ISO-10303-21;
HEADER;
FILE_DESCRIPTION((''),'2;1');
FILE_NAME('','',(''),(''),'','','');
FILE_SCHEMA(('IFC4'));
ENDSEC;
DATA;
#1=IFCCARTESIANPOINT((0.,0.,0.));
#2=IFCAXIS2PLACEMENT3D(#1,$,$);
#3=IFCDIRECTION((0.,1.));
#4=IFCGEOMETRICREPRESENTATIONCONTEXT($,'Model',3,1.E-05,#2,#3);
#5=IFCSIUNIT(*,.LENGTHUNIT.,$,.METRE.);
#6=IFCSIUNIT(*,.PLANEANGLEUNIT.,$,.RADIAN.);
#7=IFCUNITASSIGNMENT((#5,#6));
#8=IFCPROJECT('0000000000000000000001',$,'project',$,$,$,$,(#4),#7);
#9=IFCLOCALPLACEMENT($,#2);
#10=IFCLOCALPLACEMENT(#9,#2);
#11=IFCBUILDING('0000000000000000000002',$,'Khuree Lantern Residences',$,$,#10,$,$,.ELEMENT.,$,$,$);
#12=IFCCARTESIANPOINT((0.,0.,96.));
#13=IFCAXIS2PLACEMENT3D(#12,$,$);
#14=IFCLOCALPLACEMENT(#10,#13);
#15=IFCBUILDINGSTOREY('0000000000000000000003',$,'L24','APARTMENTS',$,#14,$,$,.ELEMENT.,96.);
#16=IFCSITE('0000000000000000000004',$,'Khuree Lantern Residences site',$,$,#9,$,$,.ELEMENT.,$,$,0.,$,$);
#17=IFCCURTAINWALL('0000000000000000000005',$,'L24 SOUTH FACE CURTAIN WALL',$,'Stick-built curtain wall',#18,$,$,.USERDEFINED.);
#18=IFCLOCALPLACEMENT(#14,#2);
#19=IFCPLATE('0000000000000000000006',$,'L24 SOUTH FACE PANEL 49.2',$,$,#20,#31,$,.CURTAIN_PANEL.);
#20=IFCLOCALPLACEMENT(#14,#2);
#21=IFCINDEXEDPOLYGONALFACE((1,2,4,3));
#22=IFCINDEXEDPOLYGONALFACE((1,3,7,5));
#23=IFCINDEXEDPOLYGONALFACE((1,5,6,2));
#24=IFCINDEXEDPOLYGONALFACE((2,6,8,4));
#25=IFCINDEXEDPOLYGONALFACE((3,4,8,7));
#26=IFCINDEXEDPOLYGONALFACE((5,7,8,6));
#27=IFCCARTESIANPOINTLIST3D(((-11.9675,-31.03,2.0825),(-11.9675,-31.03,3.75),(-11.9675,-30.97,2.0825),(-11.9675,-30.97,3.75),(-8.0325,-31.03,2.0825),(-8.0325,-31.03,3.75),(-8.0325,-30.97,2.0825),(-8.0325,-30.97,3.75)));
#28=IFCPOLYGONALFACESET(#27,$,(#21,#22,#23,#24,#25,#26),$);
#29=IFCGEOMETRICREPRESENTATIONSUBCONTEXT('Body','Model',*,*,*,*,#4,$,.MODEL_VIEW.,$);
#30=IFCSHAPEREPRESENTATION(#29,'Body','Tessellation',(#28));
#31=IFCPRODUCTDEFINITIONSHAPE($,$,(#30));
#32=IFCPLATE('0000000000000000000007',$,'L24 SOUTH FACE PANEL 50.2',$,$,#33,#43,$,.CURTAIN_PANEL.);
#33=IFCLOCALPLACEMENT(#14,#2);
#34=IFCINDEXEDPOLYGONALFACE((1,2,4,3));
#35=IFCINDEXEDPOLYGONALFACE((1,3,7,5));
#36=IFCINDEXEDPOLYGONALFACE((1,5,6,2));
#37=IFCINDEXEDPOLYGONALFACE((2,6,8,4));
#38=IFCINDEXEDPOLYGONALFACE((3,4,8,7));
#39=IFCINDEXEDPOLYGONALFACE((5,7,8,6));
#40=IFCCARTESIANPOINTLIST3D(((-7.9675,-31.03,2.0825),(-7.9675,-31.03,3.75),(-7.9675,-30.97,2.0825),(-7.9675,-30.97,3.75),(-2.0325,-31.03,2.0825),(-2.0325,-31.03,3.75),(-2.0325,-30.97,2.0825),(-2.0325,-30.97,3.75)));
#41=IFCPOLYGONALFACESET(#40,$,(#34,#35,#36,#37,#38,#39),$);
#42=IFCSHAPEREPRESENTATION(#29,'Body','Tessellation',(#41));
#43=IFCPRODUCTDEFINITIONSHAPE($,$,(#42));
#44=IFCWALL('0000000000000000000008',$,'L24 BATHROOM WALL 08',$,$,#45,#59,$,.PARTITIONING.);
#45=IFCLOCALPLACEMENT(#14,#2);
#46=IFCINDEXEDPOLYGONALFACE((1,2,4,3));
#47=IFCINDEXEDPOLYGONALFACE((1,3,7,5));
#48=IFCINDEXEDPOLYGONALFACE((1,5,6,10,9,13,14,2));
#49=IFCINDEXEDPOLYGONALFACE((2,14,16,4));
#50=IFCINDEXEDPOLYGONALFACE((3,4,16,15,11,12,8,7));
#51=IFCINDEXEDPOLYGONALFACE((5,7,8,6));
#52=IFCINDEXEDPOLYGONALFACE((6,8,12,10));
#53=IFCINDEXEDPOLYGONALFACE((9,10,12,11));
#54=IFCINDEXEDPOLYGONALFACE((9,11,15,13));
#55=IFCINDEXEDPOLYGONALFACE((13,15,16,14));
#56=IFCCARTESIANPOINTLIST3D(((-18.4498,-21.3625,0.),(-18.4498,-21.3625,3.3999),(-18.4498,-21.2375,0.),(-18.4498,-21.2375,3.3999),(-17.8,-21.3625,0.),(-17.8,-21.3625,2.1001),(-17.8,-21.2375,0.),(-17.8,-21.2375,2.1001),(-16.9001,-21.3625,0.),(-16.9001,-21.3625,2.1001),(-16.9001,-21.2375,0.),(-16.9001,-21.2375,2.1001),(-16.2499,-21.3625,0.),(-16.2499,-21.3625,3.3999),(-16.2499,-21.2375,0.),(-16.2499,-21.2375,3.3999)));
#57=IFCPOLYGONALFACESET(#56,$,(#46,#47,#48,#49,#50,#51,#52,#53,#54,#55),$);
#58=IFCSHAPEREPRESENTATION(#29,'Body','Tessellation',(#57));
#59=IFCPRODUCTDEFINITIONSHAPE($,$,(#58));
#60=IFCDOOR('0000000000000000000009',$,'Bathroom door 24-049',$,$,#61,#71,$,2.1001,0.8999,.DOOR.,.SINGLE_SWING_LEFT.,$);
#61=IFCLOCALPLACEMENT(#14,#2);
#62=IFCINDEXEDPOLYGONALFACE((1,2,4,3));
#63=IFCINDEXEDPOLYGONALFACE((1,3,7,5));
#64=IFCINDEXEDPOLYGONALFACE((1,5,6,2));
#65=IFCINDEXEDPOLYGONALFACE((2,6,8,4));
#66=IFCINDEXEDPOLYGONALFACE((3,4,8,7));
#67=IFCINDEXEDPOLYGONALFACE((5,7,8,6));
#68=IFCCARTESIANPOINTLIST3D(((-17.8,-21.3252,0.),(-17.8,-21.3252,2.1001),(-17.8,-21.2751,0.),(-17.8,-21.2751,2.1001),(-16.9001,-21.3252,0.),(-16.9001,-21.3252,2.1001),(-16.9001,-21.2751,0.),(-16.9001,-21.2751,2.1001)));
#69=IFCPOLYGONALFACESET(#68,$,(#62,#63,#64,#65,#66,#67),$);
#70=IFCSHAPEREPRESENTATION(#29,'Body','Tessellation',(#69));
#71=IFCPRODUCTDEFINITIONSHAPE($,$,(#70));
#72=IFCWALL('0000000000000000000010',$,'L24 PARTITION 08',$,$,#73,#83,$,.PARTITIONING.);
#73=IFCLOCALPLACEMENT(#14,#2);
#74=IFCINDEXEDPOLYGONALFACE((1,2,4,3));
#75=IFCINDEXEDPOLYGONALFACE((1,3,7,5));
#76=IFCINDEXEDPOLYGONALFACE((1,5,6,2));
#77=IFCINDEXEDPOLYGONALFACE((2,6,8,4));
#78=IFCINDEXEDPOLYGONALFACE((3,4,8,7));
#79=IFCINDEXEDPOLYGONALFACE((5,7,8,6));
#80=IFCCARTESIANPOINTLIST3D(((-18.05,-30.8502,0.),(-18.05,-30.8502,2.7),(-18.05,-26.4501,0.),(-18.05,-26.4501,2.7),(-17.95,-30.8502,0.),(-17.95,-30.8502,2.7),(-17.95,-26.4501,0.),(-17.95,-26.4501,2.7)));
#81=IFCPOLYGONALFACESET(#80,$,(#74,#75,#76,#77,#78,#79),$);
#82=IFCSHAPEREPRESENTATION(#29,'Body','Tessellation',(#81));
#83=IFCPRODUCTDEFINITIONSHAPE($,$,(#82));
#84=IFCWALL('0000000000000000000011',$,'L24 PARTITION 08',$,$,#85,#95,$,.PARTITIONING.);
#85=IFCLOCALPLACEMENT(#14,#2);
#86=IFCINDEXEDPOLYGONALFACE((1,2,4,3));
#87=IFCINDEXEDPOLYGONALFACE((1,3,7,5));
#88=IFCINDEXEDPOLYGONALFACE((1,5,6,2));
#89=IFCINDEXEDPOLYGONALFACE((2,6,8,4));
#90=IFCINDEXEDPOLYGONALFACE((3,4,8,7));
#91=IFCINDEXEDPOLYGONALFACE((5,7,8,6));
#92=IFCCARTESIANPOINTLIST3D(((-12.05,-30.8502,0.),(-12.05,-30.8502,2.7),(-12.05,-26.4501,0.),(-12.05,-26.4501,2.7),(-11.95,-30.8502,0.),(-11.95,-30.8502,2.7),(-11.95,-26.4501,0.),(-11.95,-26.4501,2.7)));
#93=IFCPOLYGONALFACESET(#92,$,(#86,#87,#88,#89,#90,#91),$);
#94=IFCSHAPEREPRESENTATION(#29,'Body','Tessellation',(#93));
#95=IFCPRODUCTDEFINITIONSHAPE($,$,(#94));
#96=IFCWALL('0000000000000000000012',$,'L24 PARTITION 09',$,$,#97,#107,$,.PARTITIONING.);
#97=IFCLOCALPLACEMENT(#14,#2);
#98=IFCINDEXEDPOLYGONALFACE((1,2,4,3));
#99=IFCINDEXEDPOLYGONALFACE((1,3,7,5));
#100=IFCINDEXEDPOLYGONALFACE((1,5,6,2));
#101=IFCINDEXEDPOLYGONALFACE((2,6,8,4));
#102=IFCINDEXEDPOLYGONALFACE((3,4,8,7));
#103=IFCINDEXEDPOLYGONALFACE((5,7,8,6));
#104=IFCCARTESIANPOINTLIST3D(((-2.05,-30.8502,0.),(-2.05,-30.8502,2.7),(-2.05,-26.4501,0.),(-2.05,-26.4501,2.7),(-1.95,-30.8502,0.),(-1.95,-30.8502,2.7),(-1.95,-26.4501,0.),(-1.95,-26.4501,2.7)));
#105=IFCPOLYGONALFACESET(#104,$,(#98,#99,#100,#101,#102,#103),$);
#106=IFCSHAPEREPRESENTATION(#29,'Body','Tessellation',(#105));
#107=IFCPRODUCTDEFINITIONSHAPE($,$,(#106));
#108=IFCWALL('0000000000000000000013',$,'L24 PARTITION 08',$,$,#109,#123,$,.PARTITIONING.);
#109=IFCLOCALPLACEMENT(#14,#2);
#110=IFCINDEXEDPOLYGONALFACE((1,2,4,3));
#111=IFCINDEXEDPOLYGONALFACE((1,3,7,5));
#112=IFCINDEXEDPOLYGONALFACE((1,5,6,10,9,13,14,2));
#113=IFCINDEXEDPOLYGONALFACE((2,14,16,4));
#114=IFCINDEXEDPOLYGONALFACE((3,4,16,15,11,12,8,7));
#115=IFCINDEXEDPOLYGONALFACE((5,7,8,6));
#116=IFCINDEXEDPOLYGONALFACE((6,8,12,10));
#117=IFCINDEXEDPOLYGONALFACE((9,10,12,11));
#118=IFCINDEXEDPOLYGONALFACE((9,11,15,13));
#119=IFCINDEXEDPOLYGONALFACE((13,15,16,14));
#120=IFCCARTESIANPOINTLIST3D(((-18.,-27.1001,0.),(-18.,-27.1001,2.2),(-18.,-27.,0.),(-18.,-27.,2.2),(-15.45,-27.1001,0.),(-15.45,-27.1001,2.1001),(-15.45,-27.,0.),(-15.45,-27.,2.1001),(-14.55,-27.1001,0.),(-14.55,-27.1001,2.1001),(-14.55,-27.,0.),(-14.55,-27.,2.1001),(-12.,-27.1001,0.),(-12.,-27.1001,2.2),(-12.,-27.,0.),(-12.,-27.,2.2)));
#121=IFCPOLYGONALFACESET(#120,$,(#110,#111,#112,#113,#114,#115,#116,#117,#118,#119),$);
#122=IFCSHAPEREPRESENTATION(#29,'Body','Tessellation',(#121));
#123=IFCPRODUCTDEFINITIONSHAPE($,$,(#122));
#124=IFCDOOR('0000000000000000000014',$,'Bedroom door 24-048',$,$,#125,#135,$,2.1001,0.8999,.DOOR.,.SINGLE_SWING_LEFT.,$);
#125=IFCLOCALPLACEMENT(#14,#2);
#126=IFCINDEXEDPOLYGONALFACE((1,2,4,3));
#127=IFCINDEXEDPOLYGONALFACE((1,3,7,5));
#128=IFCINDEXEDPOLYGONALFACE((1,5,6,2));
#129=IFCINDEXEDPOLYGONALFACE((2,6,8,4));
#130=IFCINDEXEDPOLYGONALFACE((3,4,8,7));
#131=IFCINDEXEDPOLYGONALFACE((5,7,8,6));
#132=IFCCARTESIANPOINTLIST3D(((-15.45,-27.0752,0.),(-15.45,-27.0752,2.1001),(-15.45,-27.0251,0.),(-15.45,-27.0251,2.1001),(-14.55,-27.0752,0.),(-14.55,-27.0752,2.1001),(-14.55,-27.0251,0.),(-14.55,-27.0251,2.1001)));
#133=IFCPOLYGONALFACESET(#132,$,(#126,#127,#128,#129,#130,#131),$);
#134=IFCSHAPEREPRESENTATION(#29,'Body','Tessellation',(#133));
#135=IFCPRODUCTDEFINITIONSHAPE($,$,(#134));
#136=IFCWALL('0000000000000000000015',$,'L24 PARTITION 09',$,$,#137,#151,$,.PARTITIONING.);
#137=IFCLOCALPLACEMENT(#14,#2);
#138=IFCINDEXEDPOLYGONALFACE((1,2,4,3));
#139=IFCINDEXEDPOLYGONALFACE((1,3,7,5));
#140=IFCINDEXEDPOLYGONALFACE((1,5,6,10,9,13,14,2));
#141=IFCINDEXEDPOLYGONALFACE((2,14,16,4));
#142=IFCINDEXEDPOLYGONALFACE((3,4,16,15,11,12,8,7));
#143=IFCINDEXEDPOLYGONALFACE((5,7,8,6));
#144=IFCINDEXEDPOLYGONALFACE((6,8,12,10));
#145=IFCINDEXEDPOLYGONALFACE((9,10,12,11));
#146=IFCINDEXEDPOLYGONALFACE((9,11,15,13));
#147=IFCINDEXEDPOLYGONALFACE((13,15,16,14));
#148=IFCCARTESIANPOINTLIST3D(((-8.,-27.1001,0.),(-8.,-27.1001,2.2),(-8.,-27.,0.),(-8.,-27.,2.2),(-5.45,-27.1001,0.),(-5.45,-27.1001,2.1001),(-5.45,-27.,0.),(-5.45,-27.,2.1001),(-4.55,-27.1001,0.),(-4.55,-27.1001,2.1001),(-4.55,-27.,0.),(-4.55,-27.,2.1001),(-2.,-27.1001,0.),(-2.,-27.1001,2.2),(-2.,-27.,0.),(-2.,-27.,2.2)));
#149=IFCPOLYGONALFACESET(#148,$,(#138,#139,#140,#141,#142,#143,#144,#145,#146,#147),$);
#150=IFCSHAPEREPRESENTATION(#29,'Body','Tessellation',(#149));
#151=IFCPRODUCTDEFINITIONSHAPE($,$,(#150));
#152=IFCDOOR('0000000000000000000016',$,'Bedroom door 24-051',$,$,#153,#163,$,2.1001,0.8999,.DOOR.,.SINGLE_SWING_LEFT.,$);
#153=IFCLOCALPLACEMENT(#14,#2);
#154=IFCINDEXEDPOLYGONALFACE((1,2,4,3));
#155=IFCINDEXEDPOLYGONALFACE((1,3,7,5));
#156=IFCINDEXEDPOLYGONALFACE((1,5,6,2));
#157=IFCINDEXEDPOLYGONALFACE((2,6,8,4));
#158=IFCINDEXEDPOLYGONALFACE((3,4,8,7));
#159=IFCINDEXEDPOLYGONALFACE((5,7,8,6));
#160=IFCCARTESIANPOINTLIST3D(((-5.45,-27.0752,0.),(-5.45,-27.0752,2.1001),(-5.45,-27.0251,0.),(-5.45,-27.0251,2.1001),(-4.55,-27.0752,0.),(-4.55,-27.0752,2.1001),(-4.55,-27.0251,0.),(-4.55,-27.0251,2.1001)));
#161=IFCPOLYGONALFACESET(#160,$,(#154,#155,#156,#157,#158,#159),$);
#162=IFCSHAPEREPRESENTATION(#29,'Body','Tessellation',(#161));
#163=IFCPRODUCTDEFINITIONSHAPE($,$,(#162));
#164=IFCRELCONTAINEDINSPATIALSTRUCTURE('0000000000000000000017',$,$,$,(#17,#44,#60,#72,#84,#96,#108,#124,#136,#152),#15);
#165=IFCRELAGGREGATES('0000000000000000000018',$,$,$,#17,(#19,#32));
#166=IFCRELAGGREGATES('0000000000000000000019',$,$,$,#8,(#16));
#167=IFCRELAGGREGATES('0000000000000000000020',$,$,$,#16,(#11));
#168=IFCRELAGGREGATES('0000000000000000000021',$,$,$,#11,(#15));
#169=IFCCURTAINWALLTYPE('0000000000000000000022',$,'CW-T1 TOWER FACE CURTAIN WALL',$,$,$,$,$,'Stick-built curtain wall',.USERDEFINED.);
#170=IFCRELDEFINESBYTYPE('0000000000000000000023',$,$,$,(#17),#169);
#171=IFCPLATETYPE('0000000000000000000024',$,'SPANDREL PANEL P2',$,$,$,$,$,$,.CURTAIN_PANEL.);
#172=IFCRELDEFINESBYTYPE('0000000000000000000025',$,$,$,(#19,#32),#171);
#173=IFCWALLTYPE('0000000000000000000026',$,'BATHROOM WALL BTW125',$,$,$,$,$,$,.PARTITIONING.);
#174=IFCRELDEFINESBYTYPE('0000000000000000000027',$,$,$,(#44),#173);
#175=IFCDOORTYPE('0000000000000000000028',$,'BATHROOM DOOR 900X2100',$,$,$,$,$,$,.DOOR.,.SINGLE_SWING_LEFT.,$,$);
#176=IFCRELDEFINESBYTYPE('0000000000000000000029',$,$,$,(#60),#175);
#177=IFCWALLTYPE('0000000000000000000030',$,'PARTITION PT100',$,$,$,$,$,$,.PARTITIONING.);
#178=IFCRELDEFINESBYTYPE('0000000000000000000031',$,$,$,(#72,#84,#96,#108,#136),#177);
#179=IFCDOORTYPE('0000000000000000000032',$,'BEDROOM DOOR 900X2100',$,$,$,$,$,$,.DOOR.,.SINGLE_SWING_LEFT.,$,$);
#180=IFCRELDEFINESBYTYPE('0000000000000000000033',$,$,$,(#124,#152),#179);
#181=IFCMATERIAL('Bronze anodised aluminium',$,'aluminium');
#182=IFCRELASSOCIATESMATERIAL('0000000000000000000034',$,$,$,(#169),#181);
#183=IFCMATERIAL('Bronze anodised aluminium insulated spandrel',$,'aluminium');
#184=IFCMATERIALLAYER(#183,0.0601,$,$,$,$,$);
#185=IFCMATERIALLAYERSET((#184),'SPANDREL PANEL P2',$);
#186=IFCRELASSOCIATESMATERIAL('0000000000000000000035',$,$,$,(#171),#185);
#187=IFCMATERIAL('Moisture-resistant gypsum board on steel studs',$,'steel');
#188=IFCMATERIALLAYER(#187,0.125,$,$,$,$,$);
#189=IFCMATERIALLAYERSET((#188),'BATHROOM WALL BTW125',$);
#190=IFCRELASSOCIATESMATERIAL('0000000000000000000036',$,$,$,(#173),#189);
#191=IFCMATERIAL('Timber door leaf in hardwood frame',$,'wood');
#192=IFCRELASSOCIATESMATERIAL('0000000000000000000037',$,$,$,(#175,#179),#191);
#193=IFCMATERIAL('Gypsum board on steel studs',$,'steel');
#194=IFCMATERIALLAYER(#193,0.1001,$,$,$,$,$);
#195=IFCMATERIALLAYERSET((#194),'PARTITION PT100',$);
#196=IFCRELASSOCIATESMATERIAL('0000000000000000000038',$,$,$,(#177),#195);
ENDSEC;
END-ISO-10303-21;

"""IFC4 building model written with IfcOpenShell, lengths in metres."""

from ifc_helpers import new_model, si_unit, direction, frame, frame_2d, origin, origin_2d, place, context, subcontext, project, spatial, rectangle, extrude, material, layer, layer_set, type_object, element, fill, aggregate, save


model = new_model("IFC4")

# Units and contexts
model_context = context("Model", 3, precision=1e-05, world=origin(), true_north=direction((0.0, 1.0)))
body_context = subcontext(model_context, "Body", "Model", "MODEL_VIEW")
ifc_project = project(units=[si_unit("LENGTHUNIT", "METRE"), si_unit("PLANEANGLEUNIT", "RADIAN")], contexts=[model_context])

# Site, building, storey
site_placement = place(None, origin())
site = spatial("IfcSite", under=ifc_project, at=site_placement, Name="Khuree Lantern Residences site", CompositionType="ELEMENT", RefElevation=0.0)
building_placement = place(site_placement, origin())
building = spatial("IfcBuilding", under=site, at=building_placement, Name="Khuree Lantern Residences", CompositionType="ELEMENT")
storey_placement = place(building_placement, frame((0.0, 0.0, 96.0)))
storey = spatial("IfcBuildingStorey", under=building, at=storey_placement, Name="L24", Description="APARTMENTS", CompositionType="ELEMENT", Elevation=96.0)

# Curtain wall
ifc_material_1 = material(Name="Bronze anodised aluminium", Category="aluminium")
curtain_wall_type = type_object("IfcCurtainWallType", Name="CW-T1 TOWER FACE CURTAIN WALL", ElementType="Stick-built curtain wall", PredefinedType="USERDEFINED", material=ifc_material_1)
curtain_wall_placement = place(storey_placement, origin())
curtain_wall = element("IfcCurtainWall", 1, at=curtain_wall_placement, inside=storey, type_object=curtain_wall_type, Name="L24 SOUTH FACE CURTAIN WALL", ObjectType="Stick-built curtain wall", PredefinedType="USERDEFINED")

# Plates
ifc_material_2 = material(Name="Bronze anodised aluminium insulated spandrel", Category="aluminium")
ifc_layer_1 = layer(ifc_material_2, 0.0601)
ifc_layer_set_1 = layer_set([ifc_layer_1], Name="SPANDREL PANEL P2")
plate_type_1 = type_object("IfcPlateType", Name="SPANDREL PANEL P2", PredefinedType="CURTAIN_PANEL", material=ifc_layer_set_1)
plate_1_placement = place(storey_placement, frame((-10.0, -31.0, 2.0825), z_axis=(0.0, 0.0, 1.0), x_axis=(1.0, 0.0, 0.0)))
plate_1 = element("IfcPlate", 2, at=plate_1_placement, type_object=plate_type_1, Name="L24 SOUTH FACE PANEL 49.2", PredefinedType="CURTAIN_PANEL", context=body_context, shape_type="SweptSolid", body=[
    extrude(rectangle(XDim=3.9351, YDim=0.0601, at=origin_2d()), origin(), (0.0, 0.0, 1.0), 1.6675),
])
plate_2_placement = place(storey_placement, frame((-5.0, -31.0, 2.0825), z_axis=(0.0, 0.0, 1.0), x_axis=(1.0, 0.0, 0.0)))
plate_2 = element("IfcPlate", 3, at=plate_2_placement, type_object=plate_type_1, Name="L24 SOUTH FACE PANEL 50.2", PredefinedType="CURTAIN_PANEL", context=body_context, shape_type="SweptSolid", body=[
    extrude(rectangle(XDim=5.9351, YDim=0.0601, at=origin_2d()), origin(), (0.0, 0.0, 1.0), 1.6675),
])
aggregate(curtain_wall, [plate_1, plate_2])

# Wall, opening, door
ifc_material_3 = material(Name="Moisture-resistant gypsum board on steel studs", Category="steel")
ifc_layer_2 = layer(ifc_material_3, 0.125)
ifc_layer_set_2 = layer_set([ifc_layer_2], Name="BATHROOM WALL BTW125")
wall_type_1 = type_object("IfcWallType", Name="BATHROOM WALL BTW125", PredefinedType="PARTITIONING", material=ifc_layer_set_2)
wall_1_placement = place(storey_placement, frame((-18.45, -21.3, 0.0), z_axis=(0.0, 0.0, 1.0), x_axis=(1.0, 0.0, 0.0)))
wall_1 = element("IfcWall", 4, at=wall_1_placement, inside=storey, type_object=wall_type_1, Name="L24 BATHROOM WALL 08", PredefinedType="PARTITIONING", context=body_context, shape_type="SweptSolid", body=[
    extrude(rectangle(XDim=2.2, YDim=0.125, at=frame_2d((1.1001, 0.0))), origin(), (0.0, 0.0, 1.0), 3.3999),
])
opening_1_placement = place(wall_1_placement, frame((0.6499, 0.0, 0.0)))
opening_1 = element("IfcOpeningElement", 5, at=opening_1_placement, cuts=wall_1, PredefinedType="OPENING", context=body_context, shape_type="SweptSolid", body=[
    extrude(rectangle(XDim=0.8999, YDim=2.1001, at=frame_2d((0.45, 1.05))), frame((0.0, 0.0725, 0.0), z_axis=(0.0, -1.0, 0.0), x_axis=(1.0, 0.0, 0.0)), (0.0, 0.0, 1.0), 0.145),
])
ifc_material_4 = material(Name="Timber door leaf in hardwood frame", Category="wood")
door_type_1 = type_object("IfcDoorType", Name="BATHROOM DOOR 900X2100", OperationType="SINGLE_SWING_LEFT", PredefinedType="DOOR", material=ifc_material_4)
door_1_placement = place(opening_1_placement, origin())
door_1 = element("IfcDoor", 6, at=door_1_placement, inside=storey, type_object=door_type_1, Name="Bathroom door 24-049", OperationType="SINGLE_SWING_LEFT", OverallHeight=2.1001, OverallWidth=0.8999, PredefinedType="DOOR", context=body_context, shape_type="SweptSolid", body=[
    extrude(rectangle(XDim=0.8999, YDim=2.1001, at=frame_2d((0.45, 1.05))), frame((0.0, 0.0249, 0.0), z_axis=(0.0, -1.0, 0.0), x_axis=(1.0, 0.0, 0.0)), (0.0, 0.0, 1.0), 0.05),
])
fill(opening_1, door_1)

# Walls
ifc_material_5 = material(Name="Gypsum board on steel studs", Category="steel")
ifc_layer_3 = layer(ifc_material_5, 0.1001)
ifc_layer_set_3 = layer_set([ifc_layer_3], Name="PARTITION PT100")
wall_type_2 = type_object("IfcWallType", Name="PARTITION PT100", PredefinedType="PARTITIONING", material=ifc_layer_set_3)
for number, where, z_axis, x_axis, name in (
    (7, (-18.0, -26.45, 0.0), (0.0, 0.0, 1.0), (0.0, -1.0, 0.0), "L24 PARTITION 08"),
    (8, (-12.0, -26.45, 0.0), (0.0, 0.0, 1.0), (0.0, -1.0, 0.0), "L24 PARTITION 08"),
    (9, (-2.0, -26.45, 0.0), (0.0, 0.0, 1.0), (0.0, -1.0, 0.0), "L24 PARTITION 09"),
):
    element("IfcWall", number, at=place(storey_placement, frame(where, z_axis=z_axis, x_axis=x_axis)), inside=storey, type_object=wall_type_2, Name=name, PredefinedType="PARTITIONING", context=body_context, shape_type="SweptSolid", body=[
        extrude(rectangle(XDim=4.4001, YDim=0.1001, at=frame_2d((2.2002, 0.0))), origin(), (0.0, 0.0, 1.0), 2.7),
    ])

# Walls, openings, doors
wall_2_placement = place(storey_placement, frame((-18.0, -27.05, 0.0), z_axis=(0.0, 0.0, 1.0), x_axis=(1.0, 0.0, 0.0)))
wall_2 = element("IfcWall", 10, at=wall_2_placement, inside=storey, type_object=wall_type_2, Name="L24 PARTITION 08", PredefinedType="PARTITIONING", context=body_context, shape_type="SweptSolid", body=[
    extrude(rectangle(XDim=6.0, YDim=0.1001, at=frame_2d((3.0, 0.0))), origin(), (0.0, 0.0, 1.0), 2.2),
])
opening_2_placement = place(wall_2_placement, frame((2.55, 0.0, 0.0)))
opening_2 = element("IfcOpeningElement", 11, at=opening_2_placement, cuts=wall_2, PredefinedType="OPENING", context=body_context, shape_type="SweptSolid", body=[
    extrude(rectangle(XDim=0.8999, YDim=2.1001, at=frame_2d((0.45, 1.05))), frame((0.0, 0.0601, 0.0), z_axis=(0.0, -1.0, 0.0), x_axis=(1.0, 0.0, 0.0)), (0.0, 0.0, 1.0), 0.1201),
])
door_type_2 = type_object("IfcDoorType", Name="BEDROOM DOOR 900X2100", OperationType="SINGLE_SWING_LEFT", PredefinedType="DOOR", material=ifc_material_4)
door_2_placement = place(opening_2_placement, origin())
door_2 = element("IfcDoor", 12, at=door_2_placement, inside=storey, type_object=door_type_2, Name="Bedroom door 24-048", OperationType="SINGLE_SWING_LEFT", OverallHeight=2.1001, OverallWidth=0.8999, PredefinedType="DOOR", context=body_context, shape_type="SweptSolid", body=[
    extrude(rectangle(XDim=0.8999, YDim=2.1001, at=frame_2d((0.45, 1.05))), frame((0.0, 0.0249, 0.0), z_axis=(0.0, -1.0, 0.0), x_axis=(1.0, 0.0, 0.0)), (0.0, 0.0, 1.0), 0.05),
])
fill(opening_2, door_2)
wall_3_placement = place(storey_placement, frame((-8.0, -27.05, 0.0), z_axis=(0.0, 0.0, 1.0), x_axis=(1.0, 0.0, 0.0)))
wall_3 = element("IfcWall", 13, at=wall_3_placement, inside=storey, type_object=wall_type_2, Name="L24 PARTITION 09", PredefinedType="PARTITIONING", context=body_context, shape_type="SweptSolid", body=[
    extrude(rectangle(XDim=6.0, YDim=0.1001, at=frame_2d((3.0, 0.0))), origin(), (0.0, 0.0, 1.0), 2.2),
])
opening_3_placement = place(wall_3_placement, frame((2.55, 0.0, 0.0)))
opening_3 = element("IfcOpeningElement", 14, at=opening_3_placement, cuts=wall_3, PredefinedType="OPENING", context=body_context, shape_type="SweptSolid", body=[
    extrude(rectangle(XDim=0.8999, YDim=2.1001, at=frame_2d((0.45, 1.05))), frame((0.0, 0.0601, 0.0), z_axis=(0.0, -1.0, 0.0), x_axis=(1.0, 0.0, 0.0)), (0.0, 0.0, 1.0), 0.1201),
])
door_3_placement = place(opening_3_placement, origin())
door_3 = element("IfcDoor", 15, at=door_3_placement, inside=storey, type_object=door_type_2, Name="Bedroom door 24-051", OperationType="SINGLE_SWING_LEFT", OverallHeight=2.1001, OverallWidth=0.8999, PredefinedType="DOOR", context=body_context, shape_type="SweptSolid", body=[
    extrude(rectangle(XDim=0.8999, YDim=2.1001, at=frame_2d((0.45, 1.05))), frame((0.0, 0.0249, 0.0), z_axis=(0.0, -1.0, 0.0), x_axis=(1.0, 0.0, 0.0)), (0.0, 0.0, 1.0), 0.05),
])
fill(opening_3, door_3)

save(model, "model.ifc")
